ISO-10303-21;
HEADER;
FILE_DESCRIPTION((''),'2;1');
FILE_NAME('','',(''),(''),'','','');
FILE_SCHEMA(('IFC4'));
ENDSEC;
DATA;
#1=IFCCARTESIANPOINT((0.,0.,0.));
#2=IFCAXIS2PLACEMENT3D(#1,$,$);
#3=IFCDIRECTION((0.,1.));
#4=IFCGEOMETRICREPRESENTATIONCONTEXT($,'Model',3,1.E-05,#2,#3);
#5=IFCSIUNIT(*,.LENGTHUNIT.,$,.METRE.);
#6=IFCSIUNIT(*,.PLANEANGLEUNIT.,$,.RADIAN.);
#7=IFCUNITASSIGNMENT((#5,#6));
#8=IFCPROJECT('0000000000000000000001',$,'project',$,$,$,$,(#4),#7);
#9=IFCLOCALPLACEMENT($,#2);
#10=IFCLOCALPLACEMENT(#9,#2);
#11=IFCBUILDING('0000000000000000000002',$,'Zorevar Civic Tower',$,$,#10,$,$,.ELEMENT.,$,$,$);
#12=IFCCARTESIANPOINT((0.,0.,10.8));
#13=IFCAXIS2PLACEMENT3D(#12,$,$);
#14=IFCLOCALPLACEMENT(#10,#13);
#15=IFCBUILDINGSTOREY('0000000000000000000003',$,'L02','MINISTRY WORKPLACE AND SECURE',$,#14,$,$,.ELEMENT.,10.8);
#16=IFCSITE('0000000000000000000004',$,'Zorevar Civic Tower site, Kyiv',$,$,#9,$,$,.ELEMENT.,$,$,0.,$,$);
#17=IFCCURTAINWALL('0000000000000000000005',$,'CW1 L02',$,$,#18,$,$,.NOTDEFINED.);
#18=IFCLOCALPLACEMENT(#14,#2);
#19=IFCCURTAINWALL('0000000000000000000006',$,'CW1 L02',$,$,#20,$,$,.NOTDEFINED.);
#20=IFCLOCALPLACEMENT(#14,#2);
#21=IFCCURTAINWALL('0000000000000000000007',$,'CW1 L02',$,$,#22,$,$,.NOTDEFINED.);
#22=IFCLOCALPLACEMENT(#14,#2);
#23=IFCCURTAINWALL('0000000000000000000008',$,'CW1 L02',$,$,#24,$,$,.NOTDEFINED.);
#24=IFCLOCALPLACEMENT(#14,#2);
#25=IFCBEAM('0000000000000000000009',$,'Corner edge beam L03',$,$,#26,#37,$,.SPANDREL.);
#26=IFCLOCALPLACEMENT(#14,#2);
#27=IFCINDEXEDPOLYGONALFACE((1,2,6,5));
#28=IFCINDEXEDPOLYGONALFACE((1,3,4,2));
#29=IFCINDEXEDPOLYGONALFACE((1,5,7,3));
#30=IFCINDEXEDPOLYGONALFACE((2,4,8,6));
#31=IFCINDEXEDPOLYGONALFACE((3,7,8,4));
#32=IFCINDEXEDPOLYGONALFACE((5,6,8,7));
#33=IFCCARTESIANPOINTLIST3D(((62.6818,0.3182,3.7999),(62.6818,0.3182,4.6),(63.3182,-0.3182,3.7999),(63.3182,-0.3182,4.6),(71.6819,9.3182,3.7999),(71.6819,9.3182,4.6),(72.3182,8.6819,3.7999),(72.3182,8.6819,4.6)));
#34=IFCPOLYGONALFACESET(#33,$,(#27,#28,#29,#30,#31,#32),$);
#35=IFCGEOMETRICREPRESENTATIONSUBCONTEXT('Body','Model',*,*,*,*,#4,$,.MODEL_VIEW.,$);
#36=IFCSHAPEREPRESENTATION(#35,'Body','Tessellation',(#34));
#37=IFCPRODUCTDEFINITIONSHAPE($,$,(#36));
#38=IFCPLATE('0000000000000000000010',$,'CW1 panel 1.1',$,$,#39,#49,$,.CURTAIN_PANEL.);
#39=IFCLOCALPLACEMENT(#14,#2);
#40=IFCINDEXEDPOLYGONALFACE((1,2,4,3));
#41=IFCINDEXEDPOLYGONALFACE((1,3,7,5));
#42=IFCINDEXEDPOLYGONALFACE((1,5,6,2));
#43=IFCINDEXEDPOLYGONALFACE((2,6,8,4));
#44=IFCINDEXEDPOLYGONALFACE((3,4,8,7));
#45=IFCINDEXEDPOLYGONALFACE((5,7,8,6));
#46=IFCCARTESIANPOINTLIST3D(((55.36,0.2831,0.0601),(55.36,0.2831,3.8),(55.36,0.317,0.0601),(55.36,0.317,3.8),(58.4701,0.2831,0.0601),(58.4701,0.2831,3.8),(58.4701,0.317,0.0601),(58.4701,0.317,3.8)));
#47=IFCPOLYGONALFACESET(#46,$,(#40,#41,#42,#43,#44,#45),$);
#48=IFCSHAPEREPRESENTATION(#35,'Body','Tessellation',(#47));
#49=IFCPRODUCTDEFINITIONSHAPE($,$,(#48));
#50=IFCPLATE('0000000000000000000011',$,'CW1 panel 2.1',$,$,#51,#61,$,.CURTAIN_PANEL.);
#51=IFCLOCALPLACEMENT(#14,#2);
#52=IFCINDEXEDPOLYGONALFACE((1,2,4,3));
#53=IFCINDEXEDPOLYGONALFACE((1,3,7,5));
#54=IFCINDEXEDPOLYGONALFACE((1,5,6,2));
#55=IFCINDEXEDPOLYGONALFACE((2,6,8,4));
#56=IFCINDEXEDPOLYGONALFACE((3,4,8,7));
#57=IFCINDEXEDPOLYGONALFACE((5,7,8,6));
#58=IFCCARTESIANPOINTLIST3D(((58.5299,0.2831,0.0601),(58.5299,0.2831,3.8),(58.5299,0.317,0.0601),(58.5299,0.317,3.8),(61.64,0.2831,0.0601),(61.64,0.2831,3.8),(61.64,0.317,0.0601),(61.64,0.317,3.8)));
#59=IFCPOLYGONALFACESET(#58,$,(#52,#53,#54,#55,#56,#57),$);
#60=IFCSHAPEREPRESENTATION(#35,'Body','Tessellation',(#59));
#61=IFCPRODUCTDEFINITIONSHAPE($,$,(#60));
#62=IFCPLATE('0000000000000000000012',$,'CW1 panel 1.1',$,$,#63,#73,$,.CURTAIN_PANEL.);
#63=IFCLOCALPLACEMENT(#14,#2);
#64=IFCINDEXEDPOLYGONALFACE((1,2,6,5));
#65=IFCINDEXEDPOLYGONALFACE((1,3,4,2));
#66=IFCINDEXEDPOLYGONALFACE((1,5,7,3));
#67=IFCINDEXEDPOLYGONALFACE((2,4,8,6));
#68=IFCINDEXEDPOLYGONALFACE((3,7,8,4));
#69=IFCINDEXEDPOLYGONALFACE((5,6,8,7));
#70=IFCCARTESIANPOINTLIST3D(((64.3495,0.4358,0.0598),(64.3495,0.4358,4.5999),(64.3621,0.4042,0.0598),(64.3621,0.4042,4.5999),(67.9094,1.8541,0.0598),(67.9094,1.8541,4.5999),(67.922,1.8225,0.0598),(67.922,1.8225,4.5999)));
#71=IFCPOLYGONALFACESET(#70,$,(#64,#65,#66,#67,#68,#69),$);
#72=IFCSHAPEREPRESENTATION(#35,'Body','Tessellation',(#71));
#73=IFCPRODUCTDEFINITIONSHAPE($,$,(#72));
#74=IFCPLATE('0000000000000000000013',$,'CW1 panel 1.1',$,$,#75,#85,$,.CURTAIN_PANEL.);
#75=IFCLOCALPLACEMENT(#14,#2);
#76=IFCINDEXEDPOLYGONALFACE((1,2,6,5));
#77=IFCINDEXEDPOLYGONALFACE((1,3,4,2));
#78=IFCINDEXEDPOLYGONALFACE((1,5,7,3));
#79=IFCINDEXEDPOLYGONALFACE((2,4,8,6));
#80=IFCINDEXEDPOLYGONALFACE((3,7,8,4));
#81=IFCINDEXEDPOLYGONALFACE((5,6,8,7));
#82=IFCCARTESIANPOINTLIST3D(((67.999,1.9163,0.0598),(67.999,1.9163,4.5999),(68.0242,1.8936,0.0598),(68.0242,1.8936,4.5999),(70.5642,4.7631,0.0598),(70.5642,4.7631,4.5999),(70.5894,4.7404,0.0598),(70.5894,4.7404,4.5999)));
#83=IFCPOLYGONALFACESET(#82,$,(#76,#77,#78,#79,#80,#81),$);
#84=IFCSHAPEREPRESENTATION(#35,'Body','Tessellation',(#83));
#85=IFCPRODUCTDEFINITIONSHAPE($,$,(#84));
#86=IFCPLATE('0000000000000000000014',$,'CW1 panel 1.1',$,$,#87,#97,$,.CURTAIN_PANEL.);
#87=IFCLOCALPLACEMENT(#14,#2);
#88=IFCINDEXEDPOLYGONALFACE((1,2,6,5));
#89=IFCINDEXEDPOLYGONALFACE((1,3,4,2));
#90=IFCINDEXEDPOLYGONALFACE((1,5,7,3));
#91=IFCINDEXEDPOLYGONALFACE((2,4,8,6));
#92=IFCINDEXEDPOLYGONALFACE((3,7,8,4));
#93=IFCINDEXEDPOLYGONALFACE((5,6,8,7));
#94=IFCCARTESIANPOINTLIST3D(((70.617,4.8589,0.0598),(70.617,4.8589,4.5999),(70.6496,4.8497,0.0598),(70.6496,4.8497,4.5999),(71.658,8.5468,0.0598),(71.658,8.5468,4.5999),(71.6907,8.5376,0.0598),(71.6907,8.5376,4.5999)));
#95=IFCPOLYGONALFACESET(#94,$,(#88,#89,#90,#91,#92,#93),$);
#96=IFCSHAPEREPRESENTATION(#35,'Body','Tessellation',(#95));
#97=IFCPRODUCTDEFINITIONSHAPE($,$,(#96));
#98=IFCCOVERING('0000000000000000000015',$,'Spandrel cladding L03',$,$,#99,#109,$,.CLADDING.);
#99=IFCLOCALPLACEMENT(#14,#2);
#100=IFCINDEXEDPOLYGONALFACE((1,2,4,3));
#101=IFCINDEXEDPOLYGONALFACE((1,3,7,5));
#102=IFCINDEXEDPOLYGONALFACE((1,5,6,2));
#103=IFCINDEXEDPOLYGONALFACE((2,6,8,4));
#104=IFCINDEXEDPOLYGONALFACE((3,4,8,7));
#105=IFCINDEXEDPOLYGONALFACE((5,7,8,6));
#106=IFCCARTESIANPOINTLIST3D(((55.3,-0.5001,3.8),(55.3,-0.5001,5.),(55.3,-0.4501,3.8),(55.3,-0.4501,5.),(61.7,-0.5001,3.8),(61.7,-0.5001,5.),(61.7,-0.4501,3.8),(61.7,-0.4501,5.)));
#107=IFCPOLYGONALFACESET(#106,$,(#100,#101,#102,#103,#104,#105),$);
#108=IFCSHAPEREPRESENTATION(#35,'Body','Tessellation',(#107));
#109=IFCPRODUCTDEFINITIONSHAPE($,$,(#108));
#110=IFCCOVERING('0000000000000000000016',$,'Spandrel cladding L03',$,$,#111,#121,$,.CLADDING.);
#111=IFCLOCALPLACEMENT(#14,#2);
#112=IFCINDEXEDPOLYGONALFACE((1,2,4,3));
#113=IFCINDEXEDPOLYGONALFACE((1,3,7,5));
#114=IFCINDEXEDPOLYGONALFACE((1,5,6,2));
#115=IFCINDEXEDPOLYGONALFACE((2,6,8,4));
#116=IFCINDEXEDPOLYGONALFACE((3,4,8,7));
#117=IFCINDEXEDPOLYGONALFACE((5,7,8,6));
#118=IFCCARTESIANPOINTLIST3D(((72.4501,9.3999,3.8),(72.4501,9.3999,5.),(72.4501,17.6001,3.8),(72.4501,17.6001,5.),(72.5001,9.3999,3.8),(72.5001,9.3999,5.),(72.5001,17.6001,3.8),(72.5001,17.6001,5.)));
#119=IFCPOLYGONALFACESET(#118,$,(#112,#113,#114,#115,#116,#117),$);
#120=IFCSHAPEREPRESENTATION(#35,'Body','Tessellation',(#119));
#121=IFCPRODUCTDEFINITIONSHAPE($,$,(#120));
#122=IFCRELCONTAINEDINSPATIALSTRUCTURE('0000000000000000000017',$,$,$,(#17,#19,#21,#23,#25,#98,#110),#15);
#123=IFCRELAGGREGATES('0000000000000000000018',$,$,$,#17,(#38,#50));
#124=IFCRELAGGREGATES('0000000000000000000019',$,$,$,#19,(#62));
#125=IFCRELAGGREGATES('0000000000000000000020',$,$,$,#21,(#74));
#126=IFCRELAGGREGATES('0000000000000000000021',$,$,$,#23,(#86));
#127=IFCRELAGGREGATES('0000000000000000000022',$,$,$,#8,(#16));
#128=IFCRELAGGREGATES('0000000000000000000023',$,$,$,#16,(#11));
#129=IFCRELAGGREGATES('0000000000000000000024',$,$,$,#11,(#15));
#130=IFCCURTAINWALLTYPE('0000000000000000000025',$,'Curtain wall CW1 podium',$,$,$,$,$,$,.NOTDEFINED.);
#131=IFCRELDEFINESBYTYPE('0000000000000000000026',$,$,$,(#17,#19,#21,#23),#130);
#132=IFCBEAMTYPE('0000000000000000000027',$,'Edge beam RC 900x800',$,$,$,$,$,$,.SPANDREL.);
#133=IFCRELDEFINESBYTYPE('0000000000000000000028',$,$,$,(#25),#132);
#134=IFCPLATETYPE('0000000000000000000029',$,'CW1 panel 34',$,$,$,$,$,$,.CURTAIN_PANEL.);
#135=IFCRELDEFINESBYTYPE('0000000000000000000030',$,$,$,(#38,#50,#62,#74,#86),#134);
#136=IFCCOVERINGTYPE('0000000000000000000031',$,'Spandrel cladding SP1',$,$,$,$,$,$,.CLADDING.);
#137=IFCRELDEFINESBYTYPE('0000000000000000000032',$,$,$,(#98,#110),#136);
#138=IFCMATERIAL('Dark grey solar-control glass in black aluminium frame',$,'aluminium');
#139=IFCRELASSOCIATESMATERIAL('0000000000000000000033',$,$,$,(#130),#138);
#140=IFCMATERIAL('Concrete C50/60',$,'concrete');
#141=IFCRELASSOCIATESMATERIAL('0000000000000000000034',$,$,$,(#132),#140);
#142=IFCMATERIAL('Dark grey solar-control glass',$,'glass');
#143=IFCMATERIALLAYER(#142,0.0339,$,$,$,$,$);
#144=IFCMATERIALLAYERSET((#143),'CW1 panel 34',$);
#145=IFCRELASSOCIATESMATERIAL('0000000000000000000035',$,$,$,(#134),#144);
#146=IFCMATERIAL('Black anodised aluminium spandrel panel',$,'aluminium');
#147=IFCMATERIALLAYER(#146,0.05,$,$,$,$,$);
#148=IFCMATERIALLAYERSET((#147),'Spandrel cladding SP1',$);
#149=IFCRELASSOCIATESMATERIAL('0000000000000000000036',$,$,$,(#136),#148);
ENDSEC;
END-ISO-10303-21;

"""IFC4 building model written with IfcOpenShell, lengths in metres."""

from ifc_helpers import new_model, si_unit, direction, frame, frame_2d, origin, origin_2d, place, context, subcontext, project, spatial, rectangle, extrude, material, layer, layer_set, material_profile, profile_set, type_object, element, aggregate, save


model = new_model("IFC4")

# Units and contexts
model_context = context("Model", 3, precision=1e-05, world=origin(), true_north=direction((0.0, 1.0)))
body_context = subcontext(model_context, "Body", "Model", "MODEL_VIEW")
ifc_project = project(units=[si_unit("LENGTHUNIT", "METRE"), si_unit("PLANEANGLEUNIT", "RADIAN")], contexts=[model_context])

# Site, building, storey
site_placement = place(None, origin())
site = spatial("IfcSite", under=ifc_project, at=site_placement, Name="Zorevar Civic Tower site, Kyiv", CompositionType="ELEMENT", RefElevation=0.0)
building_placement = place(site_placement, origin())
building = spatial("IfcBuilding", under=site, at=building_placement, Name="Zorevar Civic Tower", CompositionType="ELEMENT")
storey_placement = place(building_placement, frame((0.0, 0.0, 10.8)))
storey = spatial("IfcBuildingStorey", under=building, at=storey_placement, Name="L02", Description="MINISTRY WORKPLACE AND SECURE", CompositionType="ELEMENT", Elevation=10.8)

# Curtain wall
ifc_material_1 = material(Name="Dark grey solar-control glass in black aluminium frame", Category="aluminium")
curtain_wall_type = type_object("IfcCurtainWallType", Name="Curtain wall CW1 podium", PredefinedType="NOTDEFINED", material=ifc_material_1)
curtain_wall_1_placement = place(storey_placement, origin())
curtain_wall_1 = element("IfcCurtainWall", 1, at=curtain_wall_1_placement, inside=storey, type_object=curtain_wall_type, Name="CW1 L02", PredefinedType="NOTDEFINED")

# Curtain walls
curtain_wall_2_placement = place(storey_placement, origin())
curtain_wall_2 = element("IfcCurtainWall", 2, at=curtain_wall_2_placement, inside=storey, type_object=curtain_wall_type, Name="CW1 L02", PredefinedType="NOTDEFINED")
curtain_wall_3_placement = place(storey_placement, origin())
curtain_wall_3 = element("IfcCurtainWall", 3, at=curtain_wall_3_placement, inside=storey, type_object=curtain_wall_type, Name="CW1 L02", PredefinedType="NOTDEFINED")
curtain_wall_4_placement = place(storey_placement, origin())
curtain_wall_4 = element("IfcCurtainWall", 4, at=curtain_wall_4_placement, inside=storey, type_object=curtain_wall_type, Name="CW1 L02", PredefinedType="NOTDEFINED")

# Beam
ifc_material_2 = material(Name="Concrete C50/60", Category="concrete")
ifc_material_profile_1 = material_profile(ifc_material_2, rectangle(XDim=0.8999, YDim=0.8, at=origin_2d()), Name="RC 900x800")
ifc_profile_set_1 = profile_set([ifc_material_profile_1], Name="Concrete C50/60")
beam_type_1 = type_object("IfcBeamType", Name="Edge beam RC 900x800", PredefinedType="SPANDREL", material=ifc_profile_set_1)
beam_1_placement = place(storey_placement, frame((63.0, 0.0, 4.2), z_axis=(0.707107, 0.707107, 0.0), x_axis=(-0.707107, 0.707107, 0.0)))
element("IfcBeam", 5, at=beam_1_placement, inside=storey, type_object=beam_type_1, Name="Corner edge beam L03", PredefinedType="SPANDREL", context=body_context, shape_type="SweptSolid", body=[
    extrude(rectangle(XDim=0.8999, YDim=0.8, at=origin_2d()), origin(), (0.0, 0.0, 1.0), 12.728),
])

# Plates
ifc_material_3 = material(Name="Dark grey solar-control glass", Category="glass")
ifc_layer_1 = layer(ifc_material_3, 0.0339)
ifc_layer_set_1 = layer_set([ifc_layer_1], Name="CW1 panel 34")
plate_type = type_object("IfcPlateType", Name="CW1 panel 34", PredefinedType="CURTAIN_PANEL", material=ifc_layer_set_1)
plate_1_placement = place(storey_placement, frame((56.915, 0.3, 0.0601), z_axis=(0.0, 0.0, 1.0), x_axis=(1.0, 0.0, 0.0)))
plate_1 = element("IfcPlate", 6, at=plate_1_placement, type_object=plate_type, Name="CW1 panel 1.1", PredefinedType="CURTAIN_PANEL", context=body_context, shape_type="SweptSolid", body=[
    extrude(rectangle(XDim=3.1101, YDim=0.0339, at=origin_2d()), origin(), (0.0, 0.0, 1.0), 3.74),
])
plate_2_placement = place(storey_placement, frame((60.085, 0.3, 0.0601), z_axis=(0.0, 0.0, 1.0), x_axis=(1.0, 0.0, 0.0)))
plate_2 = element("IfcPlate", 7, at=plate_2_placement, type_object=plate_type, Name="CW1 panel 2.1", PredefinedType="CURTAIN_PANEL", context=body_context, shape_type="SweptSolid", body=[
    extrude(rectangle(XDim=3.1101, YDim=0.0339, at=origin_2d()), origin(), (0.0, 0.0, 1.0), 3.74),
])
aggregate(curtain_wall_1, [plate_1, plate_2])
plate_3_placement = place(storey_placement, frame((66.1357, 1.1292, 0.0598), z_axis=(0.0, 0.0, 1.0), x_axis=(0.928988, 0.370111, 0.0)))
plate_3 = element("IfcPlate", 8, at=plate_3_placement, type_object=plate_type, Name="CW1 panel 1.1", PredefinedType="CURTAIN_PANEL", context=body_context, shape_type="SweptSolid", body=[
    extrude(rectangle(XDim=3.832, YDim=0.0339, at=origin_2d()), origin(), (0.0, 0.0, 1.0), 4.54),
])
aggregate(curtain_wall_2, [plate_3])
plate_4_placement = place(storey_placement, frame((69.2942, 3.3284, 0.0598), z_axis=(0.0, 0.0, 1.0), x_axis=(0.669403, 0.7429, 0.0)))
plate_4 = element("IfcPlate", 9, at=plate_4_placement, type_object=plate_type, Name="CW1 panel 1.1", PredefinedType="CURTAIN_PANEL", context=body_context, shape_type="SweptSolid", body=[
    extrude(rectangle(XDim=3.832, YDim=0.0339, at=origin_2d()), origin(), (0.0, 0.0, 1.0), 4.54),
])
aggregate(curtain_wall_3, [plate_4])
plate_5_placement = place(storey_placement, frame((71.1538, 6.6982, 0.0598), z_axis=(0.0, 0.0, 1.0), x_axis=(0.271669, 0.962391, 0.0)))
plate_5 = element("IfcPlate", 10, at=plate_5_placement, type_object=plate_type, Name="CW1 panel 1.1", PredefinedType="CURTAIN_PANEL", context=body_context, shape_type="SweptSolid", body=[
    extrude(rectangle(XDim=3.832, YDim=0.0339, at=origin_2d()), origin(), (0.0, 0.0, 1.0), 4.54),
])
aggregate(curtain_wall_4, [plate_5])

# Coverings
ifc_material_4 = material(Name="Black anodised aluminium spandrel panel", Category="aluminium")
ifc_layer_2 = layer(ifc_material_4, 0.05)
ifc_layer_set_2 = layer_set([ifc_layer_2], Name="Spandrel cladding SP1")
covering_type = type_object("IfcCoveringType", Name="Spandrel cladding SP1", PredefinedType="CLADDING", material=ifc_layer_set_2)
covering_1_placement = place(storey_placement, frame((55.3, -0.4751, 3.8), z_axis=(0.0, 0.0, 1.0), x_axis=(1.0, 0.0, 0.0)))
element("IfcCovering", 11, at=covering_1_placement, inside=storey, type_object=covering_type, Name="Spandrel cladding L03", PredefinedType="CLADDING", context=body_context, shape_type="SweptSolid", body=[
    extrude(rectangle(XDim=6.3999, YDim=0.05, at=frame_2d((3.2, 0.0))), origin(), (0.0, 0.0, 1.0), 1.2),
])
covering_2_placement = place(storey_placement, frame((72.4751, 9.3999, 3.8), z_axis=(0.0, 0.0, 1.0), x_axis=(0.0, 1.0, 0.0)))
element("IfcCovering", 12, at=covering_2_placement, inside=storey, type_object=covering_type, Name="Spandrel cladding L03", PredefinedType="CLADDING", context=body_context, shape_type="SweptSolid", body=[
    extrude(rectangle(XDim=8.2002, YDim=0.05, at=frame_2d((4.1001, 0.0))), origin(), (0.0, 0.0, 1.0), 1.2),
])

save(model, "model.ifc")
